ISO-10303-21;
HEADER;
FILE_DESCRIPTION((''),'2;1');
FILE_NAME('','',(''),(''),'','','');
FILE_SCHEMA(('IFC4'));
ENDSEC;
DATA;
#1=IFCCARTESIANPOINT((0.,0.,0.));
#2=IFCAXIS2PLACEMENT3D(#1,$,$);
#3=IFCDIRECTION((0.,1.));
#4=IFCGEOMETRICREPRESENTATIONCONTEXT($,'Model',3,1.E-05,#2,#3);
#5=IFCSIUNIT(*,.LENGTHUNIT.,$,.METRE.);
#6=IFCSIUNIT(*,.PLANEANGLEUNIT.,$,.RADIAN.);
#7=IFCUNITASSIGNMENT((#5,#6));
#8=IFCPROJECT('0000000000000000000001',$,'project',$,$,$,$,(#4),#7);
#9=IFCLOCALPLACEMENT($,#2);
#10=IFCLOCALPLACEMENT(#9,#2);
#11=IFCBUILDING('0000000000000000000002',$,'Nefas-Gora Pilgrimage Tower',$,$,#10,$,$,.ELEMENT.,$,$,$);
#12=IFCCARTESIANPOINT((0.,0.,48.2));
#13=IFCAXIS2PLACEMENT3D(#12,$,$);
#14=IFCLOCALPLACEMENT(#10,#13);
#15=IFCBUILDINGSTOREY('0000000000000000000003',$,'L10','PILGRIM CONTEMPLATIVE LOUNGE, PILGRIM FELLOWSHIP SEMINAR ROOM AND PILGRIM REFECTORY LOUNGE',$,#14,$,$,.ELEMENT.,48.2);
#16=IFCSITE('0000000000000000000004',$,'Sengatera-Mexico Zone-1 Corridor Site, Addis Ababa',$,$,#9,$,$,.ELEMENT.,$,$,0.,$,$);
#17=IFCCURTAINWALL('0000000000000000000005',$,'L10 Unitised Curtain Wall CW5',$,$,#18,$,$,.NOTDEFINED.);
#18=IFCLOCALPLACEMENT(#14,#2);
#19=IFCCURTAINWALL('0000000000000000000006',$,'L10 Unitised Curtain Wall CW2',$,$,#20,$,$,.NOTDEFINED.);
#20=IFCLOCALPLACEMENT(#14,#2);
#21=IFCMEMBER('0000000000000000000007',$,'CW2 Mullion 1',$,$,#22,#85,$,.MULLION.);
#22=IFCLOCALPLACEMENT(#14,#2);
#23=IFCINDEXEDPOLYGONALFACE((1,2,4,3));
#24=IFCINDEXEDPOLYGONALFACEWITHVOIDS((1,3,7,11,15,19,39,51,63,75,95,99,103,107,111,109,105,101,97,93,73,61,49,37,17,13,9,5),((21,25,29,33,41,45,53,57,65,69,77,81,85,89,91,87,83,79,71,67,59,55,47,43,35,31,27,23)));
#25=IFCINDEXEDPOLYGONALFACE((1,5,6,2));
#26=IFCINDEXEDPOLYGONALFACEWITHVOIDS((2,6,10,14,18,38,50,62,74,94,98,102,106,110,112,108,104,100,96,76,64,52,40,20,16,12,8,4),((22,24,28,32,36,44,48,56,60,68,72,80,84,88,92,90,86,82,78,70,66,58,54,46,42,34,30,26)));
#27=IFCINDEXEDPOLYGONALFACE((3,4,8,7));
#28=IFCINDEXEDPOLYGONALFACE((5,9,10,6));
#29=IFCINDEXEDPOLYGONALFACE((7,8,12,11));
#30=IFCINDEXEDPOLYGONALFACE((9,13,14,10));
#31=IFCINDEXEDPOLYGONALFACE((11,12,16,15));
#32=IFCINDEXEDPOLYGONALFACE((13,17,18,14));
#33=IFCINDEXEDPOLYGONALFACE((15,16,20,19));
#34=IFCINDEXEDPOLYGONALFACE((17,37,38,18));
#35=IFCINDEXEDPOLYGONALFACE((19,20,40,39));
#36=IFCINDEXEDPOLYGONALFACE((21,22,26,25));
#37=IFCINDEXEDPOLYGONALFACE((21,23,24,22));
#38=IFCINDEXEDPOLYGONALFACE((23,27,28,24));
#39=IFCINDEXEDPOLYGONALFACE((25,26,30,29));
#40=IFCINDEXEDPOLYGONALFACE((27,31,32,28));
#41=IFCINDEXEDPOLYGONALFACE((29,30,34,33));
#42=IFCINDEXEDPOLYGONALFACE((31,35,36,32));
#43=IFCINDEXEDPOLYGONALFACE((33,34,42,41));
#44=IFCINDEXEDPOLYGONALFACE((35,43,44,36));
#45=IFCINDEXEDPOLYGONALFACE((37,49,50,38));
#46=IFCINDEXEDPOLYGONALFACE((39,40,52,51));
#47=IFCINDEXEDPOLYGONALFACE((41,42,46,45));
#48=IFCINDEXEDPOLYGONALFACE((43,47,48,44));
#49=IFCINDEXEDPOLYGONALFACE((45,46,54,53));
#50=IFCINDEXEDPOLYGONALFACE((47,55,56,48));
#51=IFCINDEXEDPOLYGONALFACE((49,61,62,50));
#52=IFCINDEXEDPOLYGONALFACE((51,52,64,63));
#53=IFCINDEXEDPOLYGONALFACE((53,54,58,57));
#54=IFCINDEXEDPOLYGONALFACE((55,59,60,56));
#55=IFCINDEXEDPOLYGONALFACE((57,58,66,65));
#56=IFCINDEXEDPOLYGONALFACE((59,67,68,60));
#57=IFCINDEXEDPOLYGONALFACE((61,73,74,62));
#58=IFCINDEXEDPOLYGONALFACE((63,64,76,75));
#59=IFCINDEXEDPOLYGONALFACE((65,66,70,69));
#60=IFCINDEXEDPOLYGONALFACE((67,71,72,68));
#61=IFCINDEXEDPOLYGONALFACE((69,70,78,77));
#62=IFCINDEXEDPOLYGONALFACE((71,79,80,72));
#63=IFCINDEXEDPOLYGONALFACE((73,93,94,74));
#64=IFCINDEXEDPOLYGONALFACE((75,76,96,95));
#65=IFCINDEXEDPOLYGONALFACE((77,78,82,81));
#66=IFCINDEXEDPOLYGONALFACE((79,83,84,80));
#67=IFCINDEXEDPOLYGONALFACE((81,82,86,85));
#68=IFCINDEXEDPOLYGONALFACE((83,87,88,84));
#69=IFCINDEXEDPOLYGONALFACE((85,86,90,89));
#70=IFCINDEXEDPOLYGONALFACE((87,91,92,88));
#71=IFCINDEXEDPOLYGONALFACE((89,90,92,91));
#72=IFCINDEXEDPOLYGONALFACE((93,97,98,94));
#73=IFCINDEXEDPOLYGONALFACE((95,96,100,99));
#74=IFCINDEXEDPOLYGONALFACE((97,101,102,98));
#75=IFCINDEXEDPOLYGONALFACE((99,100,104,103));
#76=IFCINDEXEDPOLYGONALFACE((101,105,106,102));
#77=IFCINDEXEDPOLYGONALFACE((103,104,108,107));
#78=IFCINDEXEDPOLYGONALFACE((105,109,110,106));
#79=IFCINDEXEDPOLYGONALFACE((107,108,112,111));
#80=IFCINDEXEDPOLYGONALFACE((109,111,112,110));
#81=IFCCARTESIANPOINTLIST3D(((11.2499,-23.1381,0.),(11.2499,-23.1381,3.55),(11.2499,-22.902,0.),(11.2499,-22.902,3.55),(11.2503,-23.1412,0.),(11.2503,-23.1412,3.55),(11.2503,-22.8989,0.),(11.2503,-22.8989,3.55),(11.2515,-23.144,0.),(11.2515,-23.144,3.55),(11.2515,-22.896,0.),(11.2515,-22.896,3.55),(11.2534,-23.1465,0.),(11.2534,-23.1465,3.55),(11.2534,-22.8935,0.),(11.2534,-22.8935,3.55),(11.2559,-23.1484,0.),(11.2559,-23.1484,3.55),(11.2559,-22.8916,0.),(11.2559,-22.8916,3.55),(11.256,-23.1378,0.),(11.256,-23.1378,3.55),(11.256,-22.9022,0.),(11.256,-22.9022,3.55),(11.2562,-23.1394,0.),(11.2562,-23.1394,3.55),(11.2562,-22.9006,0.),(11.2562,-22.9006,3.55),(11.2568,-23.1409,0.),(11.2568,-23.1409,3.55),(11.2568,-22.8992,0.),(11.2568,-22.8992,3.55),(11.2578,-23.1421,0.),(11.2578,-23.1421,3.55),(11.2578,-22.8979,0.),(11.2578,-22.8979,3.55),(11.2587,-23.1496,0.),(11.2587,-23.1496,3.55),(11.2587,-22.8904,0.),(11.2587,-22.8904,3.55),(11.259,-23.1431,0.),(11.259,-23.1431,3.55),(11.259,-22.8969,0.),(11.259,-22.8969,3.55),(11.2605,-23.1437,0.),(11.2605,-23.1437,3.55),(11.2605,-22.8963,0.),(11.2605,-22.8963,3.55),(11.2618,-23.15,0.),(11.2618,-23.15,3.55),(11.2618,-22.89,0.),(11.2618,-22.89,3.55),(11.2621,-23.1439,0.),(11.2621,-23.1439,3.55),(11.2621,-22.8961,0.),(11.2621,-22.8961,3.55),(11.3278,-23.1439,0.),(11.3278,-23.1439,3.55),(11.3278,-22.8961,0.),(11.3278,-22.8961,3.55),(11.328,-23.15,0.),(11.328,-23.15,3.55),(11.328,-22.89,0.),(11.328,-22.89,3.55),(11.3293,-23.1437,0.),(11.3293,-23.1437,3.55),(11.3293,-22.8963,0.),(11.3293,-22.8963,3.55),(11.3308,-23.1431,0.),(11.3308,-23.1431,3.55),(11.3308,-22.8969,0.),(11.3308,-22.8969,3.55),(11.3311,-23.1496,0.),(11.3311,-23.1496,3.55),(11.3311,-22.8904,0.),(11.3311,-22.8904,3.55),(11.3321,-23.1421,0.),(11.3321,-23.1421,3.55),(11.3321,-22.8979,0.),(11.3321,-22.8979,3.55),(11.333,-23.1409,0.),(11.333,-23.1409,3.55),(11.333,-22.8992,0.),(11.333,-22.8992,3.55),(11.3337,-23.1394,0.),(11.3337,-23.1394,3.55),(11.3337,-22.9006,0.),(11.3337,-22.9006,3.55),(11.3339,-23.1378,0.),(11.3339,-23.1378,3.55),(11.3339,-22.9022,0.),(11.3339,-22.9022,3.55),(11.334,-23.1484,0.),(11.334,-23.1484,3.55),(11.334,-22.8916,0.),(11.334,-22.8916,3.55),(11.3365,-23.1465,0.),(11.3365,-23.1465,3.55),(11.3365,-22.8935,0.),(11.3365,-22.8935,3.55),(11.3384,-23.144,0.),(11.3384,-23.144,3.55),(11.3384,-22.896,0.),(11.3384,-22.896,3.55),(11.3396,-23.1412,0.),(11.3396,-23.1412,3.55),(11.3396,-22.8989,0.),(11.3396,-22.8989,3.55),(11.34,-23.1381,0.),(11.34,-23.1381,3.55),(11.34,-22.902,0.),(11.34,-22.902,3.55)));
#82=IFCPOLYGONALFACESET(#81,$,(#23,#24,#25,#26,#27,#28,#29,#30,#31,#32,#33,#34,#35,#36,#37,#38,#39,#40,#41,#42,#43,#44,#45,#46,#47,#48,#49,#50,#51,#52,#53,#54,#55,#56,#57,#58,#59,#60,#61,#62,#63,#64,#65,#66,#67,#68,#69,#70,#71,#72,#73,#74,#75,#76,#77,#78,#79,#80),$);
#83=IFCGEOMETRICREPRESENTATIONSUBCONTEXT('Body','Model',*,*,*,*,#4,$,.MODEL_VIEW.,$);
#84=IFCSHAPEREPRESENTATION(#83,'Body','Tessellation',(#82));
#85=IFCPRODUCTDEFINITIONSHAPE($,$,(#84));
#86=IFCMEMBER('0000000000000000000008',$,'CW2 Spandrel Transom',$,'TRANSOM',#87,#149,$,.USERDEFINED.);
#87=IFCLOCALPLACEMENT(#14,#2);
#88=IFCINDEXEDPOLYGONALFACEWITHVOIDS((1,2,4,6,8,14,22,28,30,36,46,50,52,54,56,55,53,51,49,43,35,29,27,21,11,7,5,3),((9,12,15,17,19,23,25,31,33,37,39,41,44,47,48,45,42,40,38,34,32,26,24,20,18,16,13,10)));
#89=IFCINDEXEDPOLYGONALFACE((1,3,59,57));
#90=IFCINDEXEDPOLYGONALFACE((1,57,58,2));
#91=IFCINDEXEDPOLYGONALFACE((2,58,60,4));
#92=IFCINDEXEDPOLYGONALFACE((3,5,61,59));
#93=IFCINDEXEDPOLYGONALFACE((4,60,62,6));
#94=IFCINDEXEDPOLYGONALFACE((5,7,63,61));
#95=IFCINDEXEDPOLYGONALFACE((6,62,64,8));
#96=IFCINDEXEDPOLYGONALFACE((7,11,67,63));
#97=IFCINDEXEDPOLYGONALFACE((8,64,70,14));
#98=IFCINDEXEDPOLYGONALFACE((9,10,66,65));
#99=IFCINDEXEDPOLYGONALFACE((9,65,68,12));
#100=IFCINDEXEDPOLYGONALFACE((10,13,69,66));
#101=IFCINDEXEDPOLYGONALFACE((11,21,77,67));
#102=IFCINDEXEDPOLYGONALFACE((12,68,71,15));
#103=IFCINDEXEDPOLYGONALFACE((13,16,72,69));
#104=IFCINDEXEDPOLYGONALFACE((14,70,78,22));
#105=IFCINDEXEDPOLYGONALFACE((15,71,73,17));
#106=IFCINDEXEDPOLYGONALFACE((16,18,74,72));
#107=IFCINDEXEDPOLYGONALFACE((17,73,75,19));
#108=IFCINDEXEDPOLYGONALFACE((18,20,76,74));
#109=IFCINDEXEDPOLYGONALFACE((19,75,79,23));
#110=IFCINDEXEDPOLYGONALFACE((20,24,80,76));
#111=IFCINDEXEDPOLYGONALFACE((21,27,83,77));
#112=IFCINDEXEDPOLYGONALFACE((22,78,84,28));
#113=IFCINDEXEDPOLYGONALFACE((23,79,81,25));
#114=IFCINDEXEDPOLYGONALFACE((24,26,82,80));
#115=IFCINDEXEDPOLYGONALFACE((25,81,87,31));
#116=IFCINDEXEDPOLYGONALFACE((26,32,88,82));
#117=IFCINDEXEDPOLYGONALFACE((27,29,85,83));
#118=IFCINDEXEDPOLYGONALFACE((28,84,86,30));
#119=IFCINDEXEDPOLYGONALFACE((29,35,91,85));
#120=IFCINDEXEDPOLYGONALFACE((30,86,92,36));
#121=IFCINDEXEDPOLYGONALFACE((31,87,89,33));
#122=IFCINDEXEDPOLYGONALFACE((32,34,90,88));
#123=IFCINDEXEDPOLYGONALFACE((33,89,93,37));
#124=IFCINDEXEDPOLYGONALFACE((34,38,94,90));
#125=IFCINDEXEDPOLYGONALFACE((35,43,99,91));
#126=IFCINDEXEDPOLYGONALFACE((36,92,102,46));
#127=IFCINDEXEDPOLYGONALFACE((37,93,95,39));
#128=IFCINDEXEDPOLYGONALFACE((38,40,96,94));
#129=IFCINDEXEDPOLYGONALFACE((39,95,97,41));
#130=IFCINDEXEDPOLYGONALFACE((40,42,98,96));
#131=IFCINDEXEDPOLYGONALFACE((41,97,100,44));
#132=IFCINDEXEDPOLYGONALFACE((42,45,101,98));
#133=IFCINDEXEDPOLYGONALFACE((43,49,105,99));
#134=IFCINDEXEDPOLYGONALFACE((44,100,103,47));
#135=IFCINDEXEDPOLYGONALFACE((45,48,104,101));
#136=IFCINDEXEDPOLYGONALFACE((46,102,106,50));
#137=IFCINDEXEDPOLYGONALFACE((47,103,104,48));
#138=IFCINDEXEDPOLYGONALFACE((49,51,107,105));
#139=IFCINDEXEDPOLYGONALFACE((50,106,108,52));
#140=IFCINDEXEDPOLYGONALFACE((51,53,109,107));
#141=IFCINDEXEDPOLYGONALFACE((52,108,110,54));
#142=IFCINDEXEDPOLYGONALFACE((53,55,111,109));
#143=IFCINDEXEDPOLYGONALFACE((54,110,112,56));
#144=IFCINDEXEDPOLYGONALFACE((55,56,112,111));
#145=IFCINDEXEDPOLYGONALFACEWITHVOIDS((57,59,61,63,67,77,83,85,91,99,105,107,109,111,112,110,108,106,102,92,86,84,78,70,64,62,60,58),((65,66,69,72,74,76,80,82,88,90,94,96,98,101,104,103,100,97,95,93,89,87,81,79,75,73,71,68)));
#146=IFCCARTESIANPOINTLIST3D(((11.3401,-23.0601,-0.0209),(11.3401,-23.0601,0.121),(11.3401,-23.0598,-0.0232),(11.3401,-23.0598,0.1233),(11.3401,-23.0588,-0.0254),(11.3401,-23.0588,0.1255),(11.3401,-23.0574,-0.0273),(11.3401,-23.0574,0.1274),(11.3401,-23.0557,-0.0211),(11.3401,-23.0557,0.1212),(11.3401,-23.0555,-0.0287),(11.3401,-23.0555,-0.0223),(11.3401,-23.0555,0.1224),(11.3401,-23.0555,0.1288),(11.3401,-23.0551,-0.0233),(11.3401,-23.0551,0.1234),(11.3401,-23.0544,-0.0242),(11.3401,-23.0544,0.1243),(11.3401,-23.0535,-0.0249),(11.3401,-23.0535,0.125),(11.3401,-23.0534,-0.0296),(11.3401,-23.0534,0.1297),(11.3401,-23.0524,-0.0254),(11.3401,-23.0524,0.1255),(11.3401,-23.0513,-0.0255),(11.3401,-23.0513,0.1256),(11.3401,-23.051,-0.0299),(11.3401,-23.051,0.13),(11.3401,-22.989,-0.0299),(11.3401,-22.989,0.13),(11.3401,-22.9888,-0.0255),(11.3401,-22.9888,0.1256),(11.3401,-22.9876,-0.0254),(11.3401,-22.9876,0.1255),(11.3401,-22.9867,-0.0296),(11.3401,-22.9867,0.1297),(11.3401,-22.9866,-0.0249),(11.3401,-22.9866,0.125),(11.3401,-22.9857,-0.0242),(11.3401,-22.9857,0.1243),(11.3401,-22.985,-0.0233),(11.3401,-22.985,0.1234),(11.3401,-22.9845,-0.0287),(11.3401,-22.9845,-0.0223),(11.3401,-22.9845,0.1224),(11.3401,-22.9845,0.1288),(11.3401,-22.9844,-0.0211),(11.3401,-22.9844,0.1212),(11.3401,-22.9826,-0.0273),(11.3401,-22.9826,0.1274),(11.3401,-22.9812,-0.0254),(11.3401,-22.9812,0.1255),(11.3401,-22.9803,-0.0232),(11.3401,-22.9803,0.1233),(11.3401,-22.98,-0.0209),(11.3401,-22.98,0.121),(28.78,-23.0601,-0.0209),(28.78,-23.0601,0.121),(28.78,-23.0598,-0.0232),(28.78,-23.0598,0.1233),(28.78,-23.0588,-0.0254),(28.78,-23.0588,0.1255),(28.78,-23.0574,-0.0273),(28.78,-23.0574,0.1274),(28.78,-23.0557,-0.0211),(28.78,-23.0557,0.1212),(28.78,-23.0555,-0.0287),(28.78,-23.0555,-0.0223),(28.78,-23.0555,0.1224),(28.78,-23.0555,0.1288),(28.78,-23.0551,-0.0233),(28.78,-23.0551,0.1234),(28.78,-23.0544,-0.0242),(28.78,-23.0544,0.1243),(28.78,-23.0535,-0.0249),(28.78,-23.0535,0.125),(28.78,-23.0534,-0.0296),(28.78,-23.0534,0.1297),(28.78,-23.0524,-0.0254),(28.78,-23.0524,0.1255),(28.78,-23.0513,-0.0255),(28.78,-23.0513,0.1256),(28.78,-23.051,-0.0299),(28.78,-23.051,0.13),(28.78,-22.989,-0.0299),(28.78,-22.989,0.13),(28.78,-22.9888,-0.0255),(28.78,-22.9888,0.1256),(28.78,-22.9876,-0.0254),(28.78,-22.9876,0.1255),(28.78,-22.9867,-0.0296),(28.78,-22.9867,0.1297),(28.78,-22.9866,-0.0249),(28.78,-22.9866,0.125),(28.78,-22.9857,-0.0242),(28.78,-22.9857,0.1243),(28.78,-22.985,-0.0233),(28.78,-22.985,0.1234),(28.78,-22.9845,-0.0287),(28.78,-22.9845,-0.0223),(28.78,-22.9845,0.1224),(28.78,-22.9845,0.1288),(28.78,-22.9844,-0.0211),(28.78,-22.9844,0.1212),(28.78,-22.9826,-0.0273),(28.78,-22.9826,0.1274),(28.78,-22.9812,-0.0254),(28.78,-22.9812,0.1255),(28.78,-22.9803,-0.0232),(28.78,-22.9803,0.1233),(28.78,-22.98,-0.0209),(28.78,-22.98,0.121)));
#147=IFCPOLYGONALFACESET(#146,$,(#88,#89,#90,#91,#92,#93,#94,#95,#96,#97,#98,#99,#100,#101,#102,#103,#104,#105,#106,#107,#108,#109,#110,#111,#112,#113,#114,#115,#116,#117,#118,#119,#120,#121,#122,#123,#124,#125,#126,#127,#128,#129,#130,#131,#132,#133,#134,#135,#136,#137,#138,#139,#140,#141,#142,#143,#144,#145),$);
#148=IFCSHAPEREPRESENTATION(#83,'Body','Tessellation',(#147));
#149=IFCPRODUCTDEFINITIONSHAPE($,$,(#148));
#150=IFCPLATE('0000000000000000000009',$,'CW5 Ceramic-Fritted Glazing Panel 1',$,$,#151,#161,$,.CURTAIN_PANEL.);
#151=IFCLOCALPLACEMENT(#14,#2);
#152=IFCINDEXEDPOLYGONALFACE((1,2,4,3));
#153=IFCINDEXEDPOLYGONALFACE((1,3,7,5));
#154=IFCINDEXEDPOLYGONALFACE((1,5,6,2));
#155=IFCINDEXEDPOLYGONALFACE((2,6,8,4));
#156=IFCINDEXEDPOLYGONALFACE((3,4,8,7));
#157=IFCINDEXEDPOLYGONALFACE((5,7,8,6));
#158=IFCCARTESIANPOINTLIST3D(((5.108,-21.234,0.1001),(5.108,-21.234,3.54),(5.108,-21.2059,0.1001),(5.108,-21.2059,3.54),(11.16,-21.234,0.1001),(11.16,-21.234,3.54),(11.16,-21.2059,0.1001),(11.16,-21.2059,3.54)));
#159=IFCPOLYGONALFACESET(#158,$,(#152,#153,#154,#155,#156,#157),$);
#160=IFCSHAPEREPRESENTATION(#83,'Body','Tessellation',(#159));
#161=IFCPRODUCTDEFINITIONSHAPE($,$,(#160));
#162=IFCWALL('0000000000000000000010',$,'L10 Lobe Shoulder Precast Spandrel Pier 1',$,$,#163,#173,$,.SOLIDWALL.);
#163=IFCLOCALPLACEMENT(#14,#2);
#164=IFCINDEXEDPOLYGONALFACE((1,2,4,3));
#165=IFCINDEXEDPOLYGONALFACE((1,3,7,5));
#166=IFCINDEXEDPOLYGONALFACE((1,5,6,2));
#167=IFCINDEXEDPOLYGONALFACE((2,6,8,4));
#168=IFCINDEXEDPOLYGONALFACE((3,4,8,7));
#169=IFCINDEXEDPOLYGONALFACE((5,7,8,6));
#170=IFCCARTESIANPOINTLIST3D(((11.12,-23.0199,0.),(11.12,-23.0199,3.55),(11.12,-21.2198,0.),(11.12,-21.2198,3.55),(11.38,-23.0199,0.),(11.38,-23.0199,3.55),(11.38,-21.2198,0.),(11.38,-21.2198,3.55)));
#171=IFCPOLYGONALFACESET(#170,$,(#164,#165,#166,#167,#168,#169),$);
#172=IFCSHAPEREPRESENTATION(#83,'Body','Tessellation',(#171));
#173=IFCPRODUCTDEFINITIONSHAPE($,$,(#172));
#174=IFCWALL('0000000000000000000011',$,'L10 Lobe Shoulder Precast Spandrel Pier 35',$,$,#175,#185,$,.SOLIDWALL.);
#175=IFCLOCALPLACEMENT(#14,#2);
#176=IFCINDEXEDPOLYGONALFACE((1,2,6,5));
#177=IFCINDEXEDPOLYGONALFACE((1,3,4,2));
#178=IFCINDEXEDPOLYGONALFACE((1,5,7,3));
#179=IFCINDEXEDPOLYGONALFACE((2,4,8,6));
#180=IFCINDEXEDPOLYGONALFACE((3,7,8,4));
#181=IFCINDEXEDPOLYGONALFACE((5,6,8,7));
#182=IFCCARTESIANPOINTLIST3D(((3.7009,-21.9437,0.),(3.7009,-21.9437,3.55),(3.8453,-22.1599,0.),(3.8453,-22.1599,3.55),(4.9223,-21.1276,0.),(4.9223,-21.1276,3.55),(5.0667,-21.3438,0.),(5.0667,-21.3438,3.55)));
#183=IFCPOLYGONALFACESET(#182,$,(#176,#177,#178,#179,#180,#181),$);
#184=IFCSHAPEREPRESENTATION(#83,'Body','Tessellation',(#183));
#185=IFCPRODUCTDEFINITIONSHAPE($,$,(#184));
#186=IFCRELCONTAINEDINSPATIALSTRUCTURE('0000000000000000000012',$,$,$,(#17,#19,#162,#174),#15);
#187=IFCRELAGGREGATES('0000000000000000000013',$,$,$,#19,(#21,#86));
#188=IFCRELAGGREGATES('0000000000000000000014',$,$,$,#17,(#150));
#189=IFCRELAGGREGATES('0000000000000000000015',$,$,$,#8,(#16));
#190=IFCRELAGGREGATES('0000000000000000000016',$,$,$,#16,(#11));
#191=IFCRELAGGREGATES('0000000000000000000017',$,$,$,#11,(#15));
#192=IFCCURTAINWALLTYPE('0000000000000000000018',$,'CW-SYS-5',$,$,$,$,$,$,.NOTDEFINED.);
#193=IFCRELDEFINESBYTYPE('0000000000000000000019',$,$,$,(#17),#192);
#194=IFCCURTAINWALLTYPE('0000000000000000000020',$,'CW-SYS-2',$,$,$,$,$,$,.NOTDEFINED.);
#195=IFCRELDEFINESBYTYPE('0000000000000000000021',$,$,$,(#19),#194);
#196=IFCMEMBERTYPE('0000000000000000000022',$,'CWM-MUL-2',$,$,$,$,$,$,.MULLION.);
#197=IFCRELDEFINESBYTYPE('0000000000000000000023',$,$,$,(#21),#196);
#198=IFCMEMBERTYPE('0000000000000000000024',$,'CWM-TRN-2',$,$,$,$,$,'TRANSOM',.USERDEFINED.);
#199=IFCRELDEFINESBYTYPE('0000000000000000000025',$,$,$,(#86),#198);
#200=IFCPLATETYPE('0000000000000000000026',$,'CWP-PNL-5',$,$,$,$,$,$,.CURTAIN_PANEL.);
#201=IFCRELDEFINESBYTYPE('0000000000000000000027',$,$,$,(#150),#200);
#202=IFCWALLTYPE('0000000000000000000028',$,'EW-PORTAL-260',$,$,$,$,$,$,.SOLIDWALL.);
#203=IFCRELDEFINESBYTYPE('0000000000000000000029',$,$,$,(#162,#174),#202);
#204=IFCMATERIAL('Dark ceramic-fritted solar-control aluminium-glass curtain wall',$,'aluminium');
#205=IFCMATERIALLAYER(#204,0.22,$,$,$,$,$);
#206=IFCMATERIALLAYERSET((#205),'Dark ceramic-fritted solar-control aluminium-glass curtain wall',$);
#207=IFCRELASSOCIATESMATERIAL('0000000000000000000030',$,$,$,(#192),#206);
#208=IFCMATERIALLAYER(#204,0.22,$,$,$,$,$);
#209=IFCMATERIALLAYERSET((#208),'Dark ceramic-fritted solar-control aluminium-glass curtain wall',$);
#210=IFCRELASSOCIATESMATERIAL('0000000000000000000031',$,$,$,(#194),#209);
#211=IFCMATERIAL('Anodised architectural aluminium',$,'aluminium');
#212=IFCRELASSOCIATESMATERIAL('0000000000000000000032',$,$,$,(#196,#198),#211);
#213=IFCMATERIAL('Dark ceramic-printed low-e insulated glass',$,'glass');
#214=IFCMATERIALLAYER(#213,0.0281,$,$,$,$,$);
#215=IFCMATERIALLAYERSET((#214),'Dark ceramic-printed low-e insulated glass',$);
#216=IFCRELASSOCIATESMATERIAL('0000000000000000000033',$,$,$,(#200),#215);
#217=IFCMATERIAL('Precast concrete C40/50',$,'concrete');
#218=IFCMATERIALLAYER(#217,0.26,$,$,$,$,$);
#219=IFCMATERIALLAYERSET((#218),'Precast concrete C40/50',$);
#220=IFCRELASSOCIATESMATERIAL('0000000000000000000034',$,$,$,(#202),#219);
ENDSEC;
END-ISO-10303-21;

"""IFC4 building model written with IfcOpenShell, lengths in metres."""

from ifc_helpers import new_model, si_unit, direction, frame, frame_2d, origin, origin_2d, place, context, subcontext, project, spatial, rectangle, hollow_rectangle, extrude, source, transform, mapped, material, layer, layer_set, material_profile, profile_set, type_object, element, aggregate, save


model = new_model("IFC4")

# Units and contexts
model_context = context("Model", 3, precision=1e-05, world=origin(), true_north=direction((0.0, 1.0)))
body_context = subcontext(model_context, "Body", "Model", "MODEL_VIEW")
ifc_project = project(units=[si_unit("LENGTHUNIT", "METRE"), si_unit("PLANEANGLEUNIT", "RADIAN")], contexts=[model_context])

# Site, building, storey
site_placement = place(None, origin())
site = spatial("IfcSite", under=ifc_project, at=site_placement, Name="Sengatera-Mexico Zone-1 Corridor Site, Addis Ababa", CompositionType="ELEMENT", RefElevation=0.0)
building_placement = place(site_placement, origin())
building = spatial("IfcBuilding", under=site, at=building_placement, Name="Nefas-Gora Pilgrimage Tower", CompositionType="ELEMENT")
storey_placement = place(building_placement, frame((0.0, 0.0, 48.2)))
storey = spatial("IfcBuildingStorey", under=building, at=storey_placement, Name="L10", Description="PILGRIM CONTEMPLATIVE LOUNGE, PILGRIM FELLOWSHIP SEMINAR ROOM AND PILGRIM REFECTORY LOUNGE", CompositionType="ELEMENT", Elevation=48.2)

# Curtain wall
ifc_material_1 = material(Name="Dark ceramic-fritted solar-control aluminium-glass curtain wall", Category="aluminium")
ifc_layer_1 = layer(ifc_material_1, 0.22)
ifc_layer_set_1 = layer_set([ifc_layer_1], Name="Dark ceramic-fritted solar-control aluminium-glass curtain wall")
curtain_wall_type_1 = type_object("IfcCurtainWallType", Name="CW-SYS-5", PredefinedType="NOTDEFINED", material=ifc_layer_set_1)
curtain_wall_1_placement = place(storey_placement, origin())
curtain_wall_1 = element("IfcCurtainWall", 1, at=curtain_wall_1_placement, inside=storey, type_object=curtain_wall_type_1, Name="L10 Unitised Curtain Wall CW5", PredefinedType="NOTDEFINED")
ifc_material_2 = material(Name="Anodised architectural aluminium", Category="aluminium")

# Curtain wall, members
ifc_layer_2 = layer(ifc_material_1, 0.22)
ifc_layer_set_2 = layer_set([ifc_layer_2], Name="Dark ceramic-fritted solar-control aluminium-glass curtain wall")
curtain_wall_type_2 = type_object("IfcCurtainWallType", Name="CW-SYS-2", PredefinedType="NOTDEFINED", material=ifc_layer_set_2)
curtain_wall_2_placement = place(storey_placement, origin())
curtain_wall_2 = element("IfcCurtainWall", 2, at=curtain_wall_2_placement, inside=storey, type_object=curtain_wall_type_2, Name="L10 Unitised Curtain Wall CW2", PredefinedType="NOTDEFINED")
ifc_material_profile_1 = material_profile(ifc_material_2, hollow_rectangle(XDim=0.0901, YDim=0.26, WallThickness=0.0061, InnerFilletRadius=0.0061, OuterFilletRadius=0.012, at=origin_2d()), Name="ALU MULLION 90x260")
ifc_profile_set_1 = profile_set([ifc_material_profile_1], Name="Anodised architectural aluminium")
member_type_1 = type_object("IfcMemberType", Name="CWM-MUL-2", PredefinedType="MULLION", material=ifc_profile_set_1)
shared_shape_1 = source(origin(), body_context, "Body", "SweptSolid", [
    extrude(hollow_rectangle(XDim=0.0901, YDim=0.26, WallThickness=0.0061, InnerFilletRadius=0.0061, OuterFilletRadius=0.012, at=origin_2d()), origin(), (0.0, 0.0, 1.0), 3.55),
])
member_1_placement = place(storey_placement, frame((11.2949, -23.02, 0.0), z_axis=(0.0, 0.0, 1.0), x_axis=(1.0, 0.0, 0.0)))
member_1 = element("IfcMember", 3, at=member_1_placement, type_object=member_type_1, Name="CW2 Mullion 1", PredefinedType="MULLION", context=body_context, shape_type="MappedRepresentation", body=[
    mapped(shared_shape_1, transform((0.0, 0.0, 0.0), x_axis=(1.0, 0.0, 0.0), y_axis=(0.0, 1.0, 0.0), z_axis=(0.0, 0.0, 1.0), scale=1.0)),
])
ifc_material_profile_2 = material_profile(ifc_material_2, hollow_rectangle(XDim=0.0801, YDim=0.1599, WallThickness=0.0044, InnerFilletRadius=0.0044, OuterFilletRadius=0.009, at=origin_2d()), Name="ALU TRANSOM 80x160")
ifc_profile_set_2 = profile_set([ifc_material_profile_2], Name="Anodised architectural aluminium")
member_type_2 = type_object("IfcMemberType", Name="CWM-TRN-2", ElementType="TRANSOM", PredefinedType="USERDEFINED", material=ifc_profile_set_2)
shared_shape_2 = source(origin(), body_context, "Body", "SweptSolid", [
    extrude(hollow_rectangle(XDim=0.0801, YDim=0.1599, WallThickness=0.0044, InnerFilletRadius=0.0044, OuterFilletRadius=0.009, at=origin_2d()), origin(), (0.0, 0.0, 1.0), 17.4399),
])
member_2_placement = place(storey_placement, frame((11.3401, -23.02, 0.05), z_axis=(1.0, 0.0, 0.0), x_axis=(0.0, 1.0, 0.0)))
member_2 = element("IfcMember", 4, at=member_2_placement, type_object=member_type_2, Name="CW2 Spandrel Transom", ObjectType="TRANSOM", PredefinedType="USERDEFINED", context=body_context, shape_type="MappedRepresentation", body=[
    mapped(shared_shape_2, transform((0.0, 0.0, 0.0), x_axis=(1.0, 0.0, 0.0), y_axis=(0.0, 1.0, 0.0), z_axis=(0.0, 0.0, 1.0), scale=1.0)),
])
aggregate(curtain_wall_2, [member_1, member_2])

# Plate
ifc_material_3 = material(Name="Dark ceramic-printed low-e insulated glass", Category="glass")
ifc_layer_3 = layer(ifc_material_3, 0.0281)
ifc_layer_set_3 = layer_set([ifc_layer_3], Name="Dark ceramic-printed low-e insulated glass")
plate_type = type_object("IfcPlateType", Name="CWP-PNL-5", PredefinedType="CURTAIN_PANEL", material=ifc_layer_set_3)
shared_shape_3 = source(origin(), body_context, "Body", "SweptSolid", [
    extrude(rectangle(XDim=6.052, YDim=0.0281, at=origin_2d()), origin(), (0.0, 0.0, 1.0), 3.4399),
])
plate_placement = place(storey_placement, frame((8.134, -21.22, 0.1001), z_axis=(0.0, 0.0, 1.0), x_axis=(1.0, 0.0, 0.0)))
plate = element("IfcPlate", 5, at=plate_placement, type_object=plate_type, Name="CW5 Ceramic-Fritted Glazing Panel 1", PredefinedType="CURTAIN_PANEL", context=body_context, shape_type="MappedRepresentation", body=[
    mapped(shared_shape_3, transform((0.0, 0.0, 0.0), x_axis=(1.0, 0.0, 0.0), y_axis=(0.0, 1.0, 0.0), z_axis=(0.0, 0.0, 1.0), scale=1.0)),
])
aggregate(curtain_wall_1, [plate])

# Walls
ifc_material_4 = material(Name="Precast concrete C40/50", Category="concrete")
ifc_layer_4 = layer(ifc_material_4, 0.26)
ifc_layer_set_4 = layer_set([ifc_layer_4], Name="Precast concrete C40/50")
wall_type_1 = type_object("IfcWallType", Name="EW-PORTAL-260", PredefinedType="SOLIDWALL", material=ifc_layer_set_4)
shared_shape_4 = source(origin(), body_context, "Body", "SweptSolid", [
    extrude(rectangle(XDim=1.8, YDim=0.26, at=frame_2d((0.8999, 0.0))), origin(), (0.0, 0.0, 1.0), 3.55),
])
wall_1_placement = place(storey_placement, frame((11.25, -21.22, 0.0), z_axis=(0.0, 0.0, 1.0), x_axis=(0.0, -1.0, 0.0)))
element("IfcWall", 6, at=wall_1_placement, inside=storey, type_object=wall_type_1, Name="L10 Lobe Shoulder Precast Spandrel Pier 1", PredefinedType="SOLIDWALL", context=body_context, shape_type="MappedRepresentation", body=[
    mapped(shared_shape_4, transform((0.0, 0.0, 0.0), x_axis=(1.0, 0.0, 0.0), y_axis=(0.0, 1.0, 0.0), z_axis=(0.0, 0.0, 1.0), scale=1.0)),
])
shared_shape_5 = source(origin(), body_context, "Body", "SweptSolid", [
    extrude(rectangle(XDim=1.469, YDim=0.26, at=frame_2d((0.7344, 0.0))), origin(), (0.0, 0.0, 1.0), 3.55),
])
wall_2_placement = place(storey_placement, frame((3.7732, -22.0518, 0.0), z_axis=(0.0, 0.0, 1.0), x_axis=(0.831462, 0.555582, 0.0)))
element("IfcWall", 7, at=wall_2_placement, inside=storey, type_object=wall_type_1, Name="L10 Lobe Shoulder Precast Spandrel Pier 35", PredefinedType="SOLIDWALL", context=body_context, shape_type="MappedRepresentation", body=[
    mapped(shared_shape_5, transform((0.0, 0.0, 0.0), x_axis=(1.0, 0.0, 0.0), y_axis=(0.0, 1.0, 0.0), z_axis=(0.0, 0.0, 1.0), scale=1.0)),
])

save(model, "model.ifc")
